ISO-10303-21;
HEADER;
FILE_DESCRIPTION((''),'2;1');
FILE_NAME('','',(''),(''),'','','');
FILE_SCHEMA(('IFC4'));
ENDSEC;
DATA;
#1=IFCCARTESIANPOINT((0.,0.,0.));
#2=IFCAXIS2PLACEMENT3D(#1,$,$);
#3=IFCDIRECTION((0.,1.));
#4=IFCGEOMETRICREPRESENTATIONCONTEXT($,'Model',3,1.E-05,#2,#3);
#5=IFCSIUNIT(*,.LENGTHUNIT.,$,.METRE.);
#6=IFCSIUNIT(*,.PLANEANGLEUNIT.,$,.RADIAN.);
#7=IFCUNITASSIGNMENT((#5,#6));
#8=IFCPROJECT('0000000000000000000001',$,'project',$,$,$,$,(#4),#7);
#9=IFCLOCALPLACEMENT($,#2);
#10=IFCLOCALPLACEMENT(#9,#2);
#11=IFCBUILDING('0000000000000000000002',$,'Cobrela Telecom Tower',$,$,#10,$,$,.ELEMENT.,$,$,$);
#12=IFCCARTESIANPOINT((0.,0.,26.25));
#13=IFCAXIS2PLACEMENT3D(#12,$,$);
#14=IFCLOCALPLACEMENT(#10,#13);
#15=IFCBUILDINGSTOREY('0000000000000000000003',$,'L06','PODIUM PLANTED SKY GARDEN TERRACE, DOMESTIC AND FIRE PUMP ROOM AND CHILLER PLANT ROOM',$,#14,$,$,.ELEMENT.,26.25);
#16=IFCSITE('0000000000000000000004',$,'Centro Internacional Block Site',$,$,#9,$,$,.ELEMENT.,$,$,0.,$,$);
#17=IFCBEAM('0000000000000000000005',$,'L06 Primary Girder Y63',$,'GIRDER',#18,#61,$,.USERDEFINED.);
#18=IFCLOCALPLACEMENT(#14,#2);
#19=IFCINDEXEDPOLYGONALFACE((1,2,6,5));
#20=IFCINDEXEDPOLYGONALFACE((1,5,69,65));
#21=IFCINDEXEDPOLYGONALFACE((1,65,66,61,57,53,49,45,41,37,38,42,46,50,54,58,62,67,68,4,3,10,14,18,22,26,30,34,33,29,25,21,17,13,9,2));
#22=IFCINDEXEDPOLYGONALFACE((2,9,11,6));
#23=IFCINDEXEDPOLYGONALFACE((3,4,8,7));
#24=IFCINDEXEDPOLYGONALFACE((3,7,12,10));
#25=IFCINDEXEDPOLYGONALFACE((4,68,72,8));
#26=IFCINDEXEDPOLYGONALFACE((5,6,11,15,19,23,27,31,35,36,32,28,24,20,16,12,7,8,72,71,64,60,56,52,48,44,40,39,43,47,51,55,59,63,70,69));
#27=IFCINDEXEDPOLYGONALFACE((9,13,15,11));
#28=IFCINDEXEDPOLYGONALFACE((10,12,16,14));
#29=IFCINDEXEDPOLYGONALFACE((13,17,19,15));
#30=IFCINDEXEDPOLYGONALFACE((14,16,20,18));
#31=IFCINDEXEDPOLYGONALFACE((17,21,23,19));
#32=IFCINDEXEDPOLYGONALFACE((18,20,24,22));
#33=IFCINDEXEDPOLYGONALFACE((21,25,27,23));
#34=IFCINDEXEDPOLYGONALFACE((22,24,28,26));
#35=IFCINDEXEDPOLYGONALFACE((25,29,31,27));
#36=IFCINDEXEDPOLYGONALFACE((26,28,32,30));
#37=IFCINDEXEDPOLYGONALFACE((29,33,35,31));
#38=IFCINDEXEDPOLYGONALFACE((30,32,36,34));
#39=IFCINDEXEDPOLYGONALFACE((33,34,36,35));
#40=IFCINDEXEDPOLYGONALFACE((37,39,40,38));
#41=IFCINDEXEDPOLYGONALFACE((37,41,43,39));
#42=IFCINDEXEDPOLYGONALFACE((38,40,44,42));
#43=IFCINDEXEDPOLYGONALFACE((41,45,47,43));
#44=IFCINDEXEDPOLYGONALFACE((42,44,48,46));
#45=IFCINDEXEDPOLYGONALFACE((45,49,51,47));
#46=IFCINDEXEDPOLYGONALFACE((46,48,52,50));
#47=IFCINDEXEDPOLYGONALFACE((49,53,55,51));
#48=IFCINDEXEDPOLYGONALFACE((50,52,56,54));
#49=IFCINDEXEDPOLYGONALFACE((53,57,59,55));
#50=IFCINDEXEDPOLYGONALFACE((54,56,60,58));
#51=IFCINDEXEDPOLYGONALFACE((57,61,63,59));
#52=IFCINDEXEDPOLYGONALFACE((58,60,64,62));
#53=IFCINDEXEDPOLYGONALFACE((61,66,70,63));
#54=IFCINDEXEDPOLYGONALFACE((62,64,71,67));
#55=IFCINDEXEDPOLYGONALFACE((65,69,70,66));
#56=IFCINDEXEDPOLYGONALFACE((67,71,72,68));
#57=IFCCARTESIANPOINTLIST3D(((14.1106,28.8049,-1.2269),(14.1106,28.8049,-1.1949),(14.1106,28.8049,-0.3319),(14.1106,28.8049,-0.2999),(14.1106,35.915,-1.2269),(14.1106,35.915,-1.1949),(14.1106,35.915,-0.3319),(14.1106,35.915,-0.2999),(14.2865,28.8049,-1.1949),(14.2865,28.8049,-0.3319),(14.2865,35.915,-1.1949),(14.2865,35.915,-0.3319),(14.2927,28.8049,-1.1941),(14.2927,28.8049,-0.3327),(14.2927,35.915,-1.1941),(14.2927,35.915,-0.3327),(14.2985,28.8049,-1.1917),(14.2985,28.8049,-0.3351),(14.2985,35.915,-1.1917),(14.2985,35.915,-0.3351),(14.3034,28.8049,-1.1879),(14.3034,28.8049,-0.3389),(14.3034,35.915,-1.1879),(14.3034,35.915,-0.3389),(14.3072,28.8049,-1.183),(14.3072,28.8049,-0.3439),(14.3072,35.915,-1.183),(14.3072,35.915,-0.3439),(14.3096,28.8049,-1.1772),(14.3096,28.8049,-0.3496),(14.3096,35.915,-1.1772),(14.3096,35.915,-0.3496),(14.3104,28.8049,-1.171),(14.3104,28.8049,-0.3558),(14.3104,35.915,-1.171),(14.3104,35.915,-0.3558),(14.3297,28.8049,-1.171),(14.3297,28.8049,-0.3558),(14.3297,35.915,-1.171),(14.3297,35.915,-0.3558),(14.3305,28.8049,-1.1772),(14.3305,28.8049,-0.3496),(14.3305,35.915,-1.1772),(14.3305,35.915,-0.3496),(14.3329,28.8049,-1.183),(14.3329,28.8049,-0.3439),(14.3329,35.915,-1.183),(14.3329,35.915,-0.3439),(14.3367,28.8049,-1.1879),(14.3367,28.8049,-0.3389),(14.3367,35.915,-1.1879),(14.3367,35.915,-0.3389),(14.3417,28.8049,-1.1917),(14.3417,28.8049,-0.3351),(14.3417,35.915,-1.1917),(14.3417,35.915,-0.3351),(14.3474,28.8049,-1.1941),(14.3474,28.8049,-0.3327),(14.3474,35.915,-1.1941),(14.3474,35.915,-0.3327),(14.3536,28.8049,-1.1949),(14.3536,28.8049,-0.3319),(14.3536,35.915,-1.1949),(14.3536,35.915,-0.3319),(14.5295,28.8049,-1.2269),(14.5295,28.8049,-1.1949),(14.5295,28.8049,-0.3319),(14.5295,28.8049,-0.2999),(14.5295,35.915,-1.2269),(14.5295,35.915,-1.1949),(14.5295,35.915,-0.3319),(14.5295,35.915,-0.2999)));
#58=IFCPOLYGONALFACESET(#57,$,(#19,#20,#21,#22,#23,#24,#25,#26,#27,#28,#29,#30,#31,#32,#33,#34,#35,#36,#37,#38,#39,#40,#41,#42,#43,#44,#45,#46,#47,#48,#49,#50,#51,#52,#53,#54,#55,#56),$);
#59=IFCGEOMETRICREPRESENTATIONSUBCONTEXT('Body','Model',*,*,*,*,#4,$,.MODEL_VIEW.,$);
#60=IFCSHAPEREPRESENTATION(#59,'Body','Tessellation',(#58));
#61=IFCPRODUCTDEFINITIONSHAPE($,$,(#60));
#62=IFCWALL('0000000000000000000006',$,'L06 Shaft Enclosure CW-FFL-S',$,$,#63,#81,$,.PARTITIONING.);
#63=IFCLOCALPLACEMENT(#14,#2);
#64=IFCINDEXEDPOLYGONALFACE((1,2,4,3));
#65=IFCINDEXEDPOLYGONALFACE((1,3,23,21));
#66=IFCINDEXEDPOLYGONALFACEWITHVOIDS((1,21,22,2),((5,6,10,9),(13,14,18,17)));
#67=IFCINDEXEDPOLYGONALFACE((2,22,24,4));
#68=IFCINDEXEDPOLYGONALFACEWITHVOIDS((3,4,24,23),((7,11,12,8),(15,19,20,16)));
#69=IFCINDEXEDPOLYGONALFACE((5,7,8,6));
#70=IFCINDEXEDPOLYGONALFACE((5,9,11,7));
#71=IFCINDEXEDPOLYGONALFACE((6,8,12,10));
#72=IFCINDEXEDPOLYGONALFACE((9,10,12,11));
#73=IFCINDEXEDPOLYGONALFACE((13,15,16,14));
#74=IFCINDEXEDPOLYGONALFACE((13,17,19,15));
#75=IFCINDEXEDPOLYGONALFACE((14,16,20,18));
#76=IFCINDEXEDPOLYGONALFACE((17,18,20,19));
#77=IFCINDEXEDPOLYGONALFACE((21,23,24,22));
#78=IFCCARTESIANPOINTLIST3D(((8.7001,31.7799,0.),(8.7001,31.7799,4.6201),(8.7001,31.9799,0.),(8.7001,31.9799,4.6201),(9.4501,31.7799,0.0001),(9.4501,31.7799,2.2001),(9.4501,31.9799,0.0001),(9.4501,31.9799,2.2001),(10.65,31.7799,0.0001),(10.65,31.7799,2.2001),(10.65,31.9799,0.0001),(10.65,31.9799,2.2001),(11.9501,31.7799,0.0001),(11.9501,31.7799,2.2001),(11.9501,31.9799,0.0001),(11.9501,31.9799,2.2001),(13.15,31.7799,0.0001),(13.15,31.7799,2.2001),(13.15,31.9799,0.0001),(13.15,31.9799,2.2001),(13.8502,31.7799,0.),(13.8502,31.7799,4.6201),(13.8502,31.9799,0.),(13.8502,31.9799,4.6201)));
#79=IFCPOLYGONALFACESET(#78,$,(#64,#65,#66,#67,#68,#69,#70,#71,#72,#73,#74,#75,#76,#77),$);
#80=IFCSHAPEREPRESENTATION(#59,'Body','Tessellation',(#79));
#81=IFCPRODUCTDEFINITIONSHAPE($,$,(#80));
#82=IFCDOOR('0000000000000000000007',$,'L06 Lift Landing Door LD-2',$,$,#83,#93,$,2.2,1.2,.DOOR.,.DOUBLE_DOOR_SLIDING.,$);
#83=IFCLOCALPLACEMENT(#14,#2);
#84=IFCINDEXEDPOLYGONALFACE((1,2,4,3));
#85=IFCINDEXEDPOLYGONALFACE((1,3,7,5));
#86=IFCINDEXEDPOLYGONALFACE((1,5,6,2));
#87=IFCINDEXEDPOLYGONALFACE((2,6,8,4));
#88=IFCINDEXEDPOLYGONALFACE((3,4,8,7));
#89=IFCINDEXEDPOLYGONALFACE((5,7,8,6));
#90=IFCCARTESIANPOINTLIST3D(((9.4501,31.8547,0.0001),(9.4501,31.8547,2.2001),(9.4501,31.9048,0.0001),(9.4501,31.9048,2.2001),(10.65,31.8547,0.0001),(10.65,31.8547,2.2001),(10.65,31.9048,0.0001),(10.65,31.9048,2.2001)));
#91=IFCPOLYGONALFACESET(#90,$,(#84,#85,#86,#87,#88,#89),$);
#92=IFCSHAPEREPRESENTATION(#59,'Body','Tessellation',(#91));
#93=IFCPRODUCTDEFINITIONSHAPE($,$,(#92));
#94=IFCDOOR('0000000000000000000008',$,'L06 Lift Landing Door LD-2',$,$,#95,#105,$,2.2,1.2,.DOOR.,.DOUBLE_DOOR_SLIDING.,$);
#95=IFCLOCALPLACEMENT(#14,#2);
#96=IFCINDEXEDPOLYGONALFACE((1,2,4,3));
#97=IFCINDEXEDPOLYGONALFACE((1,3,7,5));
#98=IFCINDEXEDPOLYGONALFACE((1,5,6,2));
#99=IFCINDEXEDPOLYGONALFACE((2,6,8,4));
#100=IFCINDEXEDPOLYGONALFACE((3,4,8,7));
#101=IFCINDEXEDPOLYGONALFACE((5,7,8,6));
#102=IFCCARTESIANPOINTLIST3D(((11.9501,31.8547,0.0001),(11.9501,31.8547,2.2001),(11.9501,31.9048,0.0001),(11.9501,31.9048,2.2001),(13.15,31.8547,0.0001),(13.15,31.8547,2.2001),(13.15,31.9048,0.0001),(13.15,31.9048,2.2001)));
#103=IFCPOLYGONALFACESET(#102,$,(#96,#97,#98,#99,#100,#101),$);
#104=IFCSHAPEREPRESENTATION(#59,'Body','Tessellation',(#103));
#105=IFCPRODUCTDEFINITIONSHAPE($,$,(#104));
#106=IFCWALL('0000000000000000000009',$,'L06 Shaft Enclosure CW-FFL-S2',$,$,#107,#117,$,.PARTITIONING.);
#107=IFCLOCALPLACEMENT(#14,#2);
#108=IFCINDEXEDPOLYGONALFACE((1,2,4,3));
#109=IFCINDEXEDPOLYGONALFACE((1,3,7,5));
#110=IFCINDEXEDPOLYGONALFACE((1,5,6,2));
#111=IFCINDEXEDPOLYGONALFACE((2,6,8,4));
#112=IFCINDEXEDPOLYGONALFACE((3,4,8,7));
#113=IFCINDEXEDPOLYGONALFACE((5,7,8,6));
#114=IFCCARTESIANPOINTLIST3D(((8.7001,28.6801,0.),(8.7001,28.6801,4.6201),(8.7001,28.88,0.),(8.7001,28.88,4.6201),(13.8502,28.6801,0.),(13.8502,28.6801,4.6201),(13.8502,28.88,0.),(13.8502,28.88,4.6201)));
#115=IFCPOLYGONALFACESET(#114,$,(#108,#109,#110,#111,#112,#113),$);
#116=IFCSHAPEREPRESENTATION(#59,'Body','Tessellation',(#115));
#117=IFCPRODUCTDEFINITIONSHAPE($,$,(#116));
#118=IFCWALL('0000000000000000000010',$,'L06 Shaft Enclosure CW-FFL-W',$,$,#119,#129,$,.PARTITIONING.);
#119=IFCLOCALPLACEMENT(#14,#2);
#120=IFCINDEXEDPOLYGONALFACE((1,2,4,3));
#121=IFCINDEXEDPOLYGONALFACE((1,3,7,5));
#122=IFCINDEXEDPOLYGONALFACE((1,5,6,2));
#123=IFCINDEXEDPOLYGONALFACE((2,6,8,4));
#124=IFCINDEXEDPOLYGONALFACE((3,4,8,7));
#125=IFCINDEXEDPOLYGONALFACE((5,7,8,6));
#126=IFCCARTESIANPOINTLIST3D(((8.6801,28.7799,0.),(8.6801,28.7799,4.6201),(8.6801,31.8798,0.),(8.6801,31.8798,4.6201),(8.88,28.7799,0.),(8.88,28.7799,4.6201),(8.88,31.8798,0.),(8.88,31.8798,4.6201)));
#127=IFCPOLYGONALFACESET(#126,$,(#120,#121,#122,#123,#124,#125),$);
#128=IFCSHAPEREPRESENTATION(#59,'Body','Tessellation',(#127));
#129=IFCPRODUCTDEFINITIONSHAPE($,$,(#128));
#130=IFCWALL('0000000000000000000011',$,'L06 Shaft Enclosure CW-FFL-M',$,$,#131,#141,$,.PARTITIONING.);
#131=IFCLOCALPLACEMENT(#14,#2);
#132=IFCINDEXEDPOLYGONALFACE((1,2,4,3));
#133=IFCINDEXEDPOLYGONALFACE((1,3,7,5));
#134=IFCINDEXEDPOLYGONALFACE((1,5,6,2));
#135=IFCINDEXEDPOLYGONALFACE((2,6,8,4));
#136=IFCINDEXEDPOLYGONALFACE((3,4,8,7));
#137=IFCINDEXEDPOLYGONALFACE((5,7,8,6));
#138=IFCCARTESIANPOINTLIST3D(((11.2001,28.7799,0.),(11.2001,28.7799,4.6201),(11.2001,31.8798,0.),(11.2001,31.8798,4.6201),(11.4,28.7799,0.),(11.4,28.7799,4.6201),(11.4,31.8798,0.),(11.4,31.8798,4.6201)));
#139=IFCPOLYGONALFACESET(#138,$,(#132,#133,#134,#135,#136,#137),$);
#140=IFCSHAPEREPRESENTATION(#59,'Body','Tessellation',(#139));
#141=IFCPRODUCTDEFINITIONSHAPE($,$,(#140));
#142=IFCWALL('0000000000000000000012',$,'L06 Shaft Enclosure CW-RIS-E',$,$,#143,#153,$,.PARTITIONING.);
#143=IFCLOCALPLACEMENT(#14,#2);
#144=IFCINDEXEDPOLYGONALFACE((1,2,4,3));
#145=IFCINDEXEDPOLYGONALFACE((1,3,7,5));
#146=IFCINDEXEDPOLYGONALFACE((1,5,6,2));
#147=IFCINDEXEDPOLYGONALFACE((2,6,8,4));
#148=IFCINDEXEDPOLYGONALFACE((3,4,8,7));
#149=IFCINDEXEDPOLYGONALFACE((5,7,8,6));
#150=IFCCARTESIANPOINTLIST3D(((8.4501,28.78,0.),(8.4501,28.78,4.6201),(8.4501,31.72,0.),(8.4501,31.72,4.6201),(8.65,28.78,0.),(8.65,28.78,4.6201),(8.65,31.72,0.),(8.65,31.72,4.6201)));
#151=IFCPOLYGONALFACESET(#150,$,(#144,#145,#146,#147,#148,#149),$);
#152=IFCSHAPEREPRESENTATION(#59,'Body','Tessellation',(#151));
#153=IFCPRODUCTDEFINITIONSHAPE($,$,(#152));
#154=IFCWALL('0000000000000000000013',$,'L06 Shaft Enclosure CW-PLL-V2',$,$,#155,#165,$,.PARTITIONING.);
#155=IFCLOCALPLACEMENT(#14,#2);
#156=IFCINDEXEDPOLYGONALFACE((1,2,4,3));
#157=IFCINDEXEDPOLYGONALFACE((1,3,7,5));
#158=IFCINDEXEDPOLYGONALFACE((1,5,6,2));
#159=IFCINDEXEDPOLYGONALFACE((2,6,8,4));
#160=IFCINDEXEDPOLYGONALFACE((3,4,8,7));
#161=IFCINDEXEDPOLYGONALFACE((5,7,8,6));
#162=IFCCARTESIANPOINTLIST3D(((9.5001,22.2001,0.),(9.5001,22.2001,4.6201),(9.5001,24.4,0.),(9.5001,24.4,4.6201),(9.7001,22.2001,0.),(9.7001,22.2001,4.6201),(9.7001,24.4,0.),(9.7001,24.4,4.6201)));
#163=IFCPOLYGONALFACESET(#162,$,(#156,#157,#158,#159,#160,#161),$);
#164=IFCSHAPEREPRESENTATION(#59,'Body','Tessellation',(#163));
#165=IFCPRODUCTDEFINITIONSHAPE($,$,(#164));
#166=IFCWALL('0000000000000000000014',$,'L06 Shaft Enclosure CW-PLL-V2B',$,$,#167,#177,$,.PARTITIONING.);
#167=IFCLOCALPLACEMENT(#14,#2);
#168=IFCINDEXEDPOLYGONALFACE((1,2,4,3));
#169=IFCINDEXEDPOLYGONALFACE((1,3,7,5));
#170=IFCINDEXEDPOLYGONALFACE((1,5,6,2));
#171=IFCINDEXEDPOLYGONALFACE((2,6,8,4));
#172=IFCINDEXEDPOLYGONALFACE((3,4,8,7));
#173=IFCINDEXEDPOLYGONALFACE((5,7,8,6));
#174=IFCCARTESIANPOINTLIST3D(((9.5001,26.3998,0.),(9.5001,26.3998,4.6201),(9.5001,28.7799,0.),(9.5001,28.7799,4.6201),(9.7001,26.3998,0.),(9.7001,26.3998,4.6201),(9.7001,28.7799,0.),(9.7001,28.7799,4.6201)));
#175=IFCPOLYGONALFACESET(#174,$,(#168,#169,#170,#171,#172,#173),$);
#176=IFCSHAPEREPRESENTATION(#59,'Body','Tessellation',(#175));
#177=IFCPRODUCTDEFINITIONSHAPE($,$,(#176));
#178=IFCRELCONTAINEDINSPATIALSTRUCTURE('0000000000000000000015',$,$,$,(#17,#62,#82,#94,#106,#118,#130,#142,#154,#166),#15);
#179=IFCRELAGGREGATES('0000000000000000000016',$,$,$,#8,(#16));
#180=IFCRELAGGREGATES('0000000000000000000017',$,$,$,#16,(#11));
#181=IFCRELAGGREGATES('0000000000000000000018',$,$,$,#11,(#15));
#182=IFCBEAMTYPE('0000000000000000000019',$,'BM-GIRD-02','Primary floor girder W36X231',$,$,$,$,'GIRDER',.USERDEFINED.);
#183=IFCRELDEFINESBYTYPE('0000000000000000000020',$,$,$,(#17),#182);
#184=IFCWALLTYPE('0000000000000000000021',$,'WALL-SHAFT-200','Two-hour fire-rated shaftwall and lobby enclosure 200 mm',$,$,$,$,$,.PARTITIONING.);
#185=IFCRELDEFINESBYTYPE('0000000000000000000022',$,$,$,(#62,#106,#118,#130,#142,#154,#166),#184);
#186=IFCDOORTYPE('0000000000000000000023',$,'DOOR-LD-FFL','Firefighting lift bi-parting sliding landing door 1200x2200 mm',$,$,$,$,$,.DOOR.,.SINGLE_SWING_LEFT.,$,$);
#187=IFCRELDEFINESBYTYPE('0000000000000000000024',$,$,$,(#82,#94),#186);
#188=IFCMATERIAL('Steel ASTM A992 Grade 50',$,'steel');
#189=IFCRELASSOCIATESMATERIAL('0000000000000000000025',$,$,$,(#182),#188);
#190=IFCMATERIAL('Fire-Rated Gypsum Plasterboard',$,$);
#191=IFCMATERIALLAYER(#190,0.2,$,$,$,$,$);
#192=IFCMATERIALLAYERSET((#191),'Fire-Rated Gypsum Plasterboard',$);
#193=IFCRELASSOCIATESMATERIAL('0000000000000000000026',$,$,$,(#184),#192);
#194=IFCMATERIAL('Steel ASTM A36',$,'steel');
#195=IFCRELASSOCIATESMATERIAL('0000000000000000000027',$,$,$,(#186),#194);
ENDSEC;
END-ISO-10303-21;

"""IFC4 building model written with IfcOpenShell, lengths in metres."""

from ifc_helpers import new_model, si_unit, direction, frame, frame_2d, origin, origin_2d, place, context, subcontext, project, spatial, rectangle, i_section, extrude, material, layer, layer_set, material_profile, profile_set, type_object, element, fill, save


model = new_model("IFC4")

# Units and contexts
model_context = context("Model", 3, precision=1e-05, world=origin(), true_north=direction((0.0, 1.0)))
body_context = subcontext(model_context, "Body", "Model", "MODEL_VIEW")
ifc_project = project(units=[si_unit("LENGTHUNIT", "METRE"), si_unit("PLANEANGLEUNIT", "RADIAN")], contexts=[model_context])

# Site, building, storey
site_placement = place(None, origin())
site = spatial("IfcSite", under=ifc_project, at=site_placement, Name="Centro Internacional Block Site", CompositionType="ELEMENT", RefElevation=0.0)
building_placement = place(site_placement, origin())
building = spatial("IfcBuilding", under=site, at=building_placement, Name="Cobrela Telecom Tower", CompositionType="ELEMENT")
storey_placement = place(building_placement, frame((0.0, 0.0, 26.25)))
storey = spatial("IfcBuildingStorey", under=building, at=storey_placement, Name="L06", Description="PODIUM PLANTED SKY GARDEN TERRACE, DOMESTIC AND FIRE PUMP ROOM AND CHILLER PLANT ROOM", CompositionType="ELEMENT", Elevation=26.25)

# Beam
ifc_material_1 = material(Name="Steel ASTM A992 Grade 50", Category="steel")
ifc_material_profile_1 = material_profile(ifc_material_1, i_section(OverallWidth=0.4189, OverallDepth=0.927, WebThickness=0.0193, FlangeThickness=0.032, FilletRadius=0.0239, at=origin_2d()), Name="W36X231")
ifc_profile_set_1 = profile_set([ifc_material_profile_1], Name="Steel ASTM A992 Grade 50")
beam_type_1 = type_object("IfcBeamType", Name="BM-GIRD-02", Description="Primary floor girder W36X231", ElementType="GIRDER", PredefinedType="USERDEFINED", material=ifc_profile_set_1)
beam_1_placement = place(storey_placement, frame((14.3201, 28.8049, -0.7634), z_axis=(0.0, 1.0, 0.0), x_axis=(-1.0, 0.0, 0.0)))
element("IfcBeam", 1, at=beam_1_placement, inside=storey, type_object=beam_type_1, Name="L06 Primary Girder Y63", ObjectType="GIRDER", PredefinedType="USERDEFINED", context=body_context, shape_type="SweptSolid", body=[
    extrude(i_section(OverallWidth=0.4189, OverallDepth=0.927, WebThickness=0.0193, FlangeThickness=0.032, FilletRadius=0.0239, at=origin_2d()), origin(), (0.0, 0.0, 1.0), 7.1101),
])

# Wall, openings, doors
ifc_material_2 = material(Name="Steel ASTM A36", Category="steel")
ifc_material_3 = material(Name="Fire-Rated Gypsum Plasterboard")
ifc_layer_1 = layer(ifc_material_3, 0.2)
ifc_layer_set_1 = layer_set([ifc_layer_1], Name="Fire-Rated Gypsum Plasterboard")
wall_type_1 = type_object("IfcWallType", Name="WALL-SHAFT-200", Description="Two-hour fire-rated shaftwall and lobby enclosure 200 mm", PredefinedType="PARTITIONING", material=ifc_layer_set_1)
wall_1_placement = place(storey_placement, frame((8.7, 31.8799, 0.0), z_axis=(0.0, 0.0, 1.0), x_axis=(1.0, 0.0, 0.0)))
wall_1 = element("IfcWall", 2, at=wall_1_placement, inside=storey, type_object=wall_type_1, Name="L06 Shaft Enclosure CW-FFL-S", PredefinedType="PARTITIONING", context=body_context, shape_type="SweptSolid", body=[
    extrude(rectangle(XDim=5.1501, YDim=0.2, at=frame_2d((2.5752, 0.0))), origin(), (0.0, 0.0, 1.0), 4.6201),
])
opening_1_placement = place(wall_1_placement, frame((0.75, 0.0, 0.0)))
opening_1 = element("IfcOpeningElement", 3, at=opening_1_placement, cuts=wall_1, PredefinedType="OPENING", context=body_context, shape_type="SweptSolid", body=[
    extrude(rectangle(XDim=1.2, YDim=2.2, at=frame_2d((0.6001, 1.1001))), frame((0.0, 0.1118, 0.0), z_axis=(0.0, -1.0, 0.0), x_axis=(1.0, 0.0, 0.0)), (0.0, 0.0, 1.0), 0.2239),
])
opening_2_placement = place(wall_1_placement, frame((3.25, 0.0, 0.0)))
opening_2 = element("IfcOpeningElement", 4, at=opening_2_placement, cuts=wall_1, PredefinedType="OPENING", context=body_context, shape_type="SweptSolid", body=[
    extrude(rectangle(XDim=1.2, YDim=2.2, at=frame_2d((0.6001, 1.1001))), frame((0.0, 0.1118, 0.0), z_axis=(0.0, -1.0, 0.0), x_axis=(1.0, 0.0, 0.0)), (0.0, 0.0, 1.0), 0.2239),
])
door_type_1 = type_object("IfcDoorType", Name="DOOR-LD-FFL", Description="Firefighting lift bi-parting sliding landing door 1200x2200 mm", OperationType="SINGLE_SWING_LEFT", PredefinedType="DOOR", material=ifc_material_2)
door_1_placement = place(opening_1_placement, origin())
door_1 = element("IfcDoor", 5, at=door_1_placement, inside=storey, type_object=door_type_1, Name="L06 Lift Landing Door LD-2", OperationType="DOUBLE_DOOR_SLIDING", OverallHeight=2.2, OverallWidth=1.2, PredefinedType="DOOR", context=body_context, shape_type="SweptSolid", body=[
    extrude(rectangle(XDim=1.2, YDim=2.2, at=frame_2d((0.6001, 1.1001))), frame((0.0, 0.0249, 0.0), z_axis=(0.0, -1.0, 0.0), x_axis=(1.0, 0.0, 0.0)), (0.0, 0.0, 1.0), 0.05),
])
fill(opening_1, door_1)
door_2_placement = place(opening_2_placement, origin())
door_2 = element("IfcDoor", 6, at=door_2_placement, inside=storey, type_object=door_type_1, Name="L06 Lift Landing Door LD-2", OperationType="DOUBLE_DOOR_SLIDING", OverallHeight=2.2, OverallWidth=1.2, PredefinedType="DOOR", context=body_context, shape_type="SweptSolid", body=[
    extrude(rectangle(XDim=1.2, YDim=2.2, at=frame_2d((0.6001, 1.1001))), frame((0.0, 0.0249, 0.0), z_axis=(0.0, -1.0, 0.0), x_axis=(1.0, 0.0, 0.0)), (0.0, 0.0, 1.0), 0.05),
])
fill(opening_2, door_2)

# Walls
wall_2_placement = place(storey_placement, frame((8.7, 28.78, 0.0), z_axis=(0.0, 0.0, 1.0), x_axis=(1.0, 0.0, 0.0)))
element("IfcWall", 7, at=wall_2_placement, inside=storey, type_object=wall_type_1, Name="L06 Shaft Enclosure CW-FFL-S2", PredefinedType="PARTITIONING", context=body_context, shape_type="SweptSolid", body=[
    extrude(rectangle(XDim=5.1501, YDim=0.2, at=frame_2d((2.5752, 0.0))), origin(), (0.0, 0.0, 1.0), 4.6201),
])
for number, where, z_axis, x_axis, name in (
    (8, (8.78, 28.78, 0.0), (0.0, 0.0, 1.0), (0.0, 1.0, 0.0), "L06 Shaft Enclosure CW-FFL-W"),
    (9, (11.3, 28.78, 0.0), (0.0, 0.0, 1.0), (0.0, 1.0, 0.0), "L06 Shaft Enclosure CW-FFL-M"),
):
    element("IfcWall", number, at=place(storey_placement, frame(where, z_axis=z_axis, x_axis=x_axis)), inside=storey, type_object=wall_type_1, Name=name, PredefinedType="PARTITIONING", context=body_context, shape_type="SweptSolid", body=[
        extrude(rectangle(XDim=3.0999, YDim=0.2, at=frame_2d((1.5498, 0.0))), origin(), (0.0, 0.0, 1.0), 4.6201),
    ])
wall_3_placement = place(storey_placement, frame((8.55, 28.78, 0.0), z_axis=(0.0, 0.0, 1.0), x_axis=(0.0, 1.0, 0.0)))
element("IfcWall", 10, at=wall_3_placement, inside=storey, type_object=wall_type_1, Name="L06 Shaft Enclosure CW-RIS-E", PredefinedType="PARTITIONING", context=body_context, shape_type="SweptSolid", body=[
    extrude(rectangle(XDim=2.9399, YDim=0.2, at=frame_2d((1.47, 0.0))), origin(), (0.0, 0.0, 1.0), 4.6201),
])
wall_4_placement = place(storey_placement, frame((9.6001, 22.2, 0.0), z_axis=(0.0, 0.0, 1.0), x_axis=(0.0, 1.0, 0.0)))
element("IfcWall", 11, at=wall_4_placement, inside=storey, type_object=wall_type_1, Name="L06 Shaft Enclosure CW-PLL-V2", PredefinedType="PARTITIONING", context=body_context, shape_type="SweptSolid", body=[
    extrude(rectangle(XDim=2.2, YDim=0.2, at=frame_2d((1.1001, 0.0))), origin(), (0.0, 0.0, 1.0), 4.6201),
])
wall_5_placement = place(storey_placement, frame((9.6001, 26.3999, 0.0), z_axis=(0.0, 0.0, 1.0), x_axis=(0.0, 1.0, 0.0)))
element("IfcWall", 12, at=wall_5_placement, inside=storey, type_object=wall_type_1, Name="L06 Shaft Enclosure CW-PLL-V2B", PredefinedType="PARTITIONING", context=body_context, shape_type="SweptSolid", body=[
    extrude(rectangle(XDim=2.3801, YDim=0.2, at=frame_2d((1.1899, 0.0))), origin(), (0.0, 0.0, 1.0), 4.6201),
])

save(model, "model.ifc")
